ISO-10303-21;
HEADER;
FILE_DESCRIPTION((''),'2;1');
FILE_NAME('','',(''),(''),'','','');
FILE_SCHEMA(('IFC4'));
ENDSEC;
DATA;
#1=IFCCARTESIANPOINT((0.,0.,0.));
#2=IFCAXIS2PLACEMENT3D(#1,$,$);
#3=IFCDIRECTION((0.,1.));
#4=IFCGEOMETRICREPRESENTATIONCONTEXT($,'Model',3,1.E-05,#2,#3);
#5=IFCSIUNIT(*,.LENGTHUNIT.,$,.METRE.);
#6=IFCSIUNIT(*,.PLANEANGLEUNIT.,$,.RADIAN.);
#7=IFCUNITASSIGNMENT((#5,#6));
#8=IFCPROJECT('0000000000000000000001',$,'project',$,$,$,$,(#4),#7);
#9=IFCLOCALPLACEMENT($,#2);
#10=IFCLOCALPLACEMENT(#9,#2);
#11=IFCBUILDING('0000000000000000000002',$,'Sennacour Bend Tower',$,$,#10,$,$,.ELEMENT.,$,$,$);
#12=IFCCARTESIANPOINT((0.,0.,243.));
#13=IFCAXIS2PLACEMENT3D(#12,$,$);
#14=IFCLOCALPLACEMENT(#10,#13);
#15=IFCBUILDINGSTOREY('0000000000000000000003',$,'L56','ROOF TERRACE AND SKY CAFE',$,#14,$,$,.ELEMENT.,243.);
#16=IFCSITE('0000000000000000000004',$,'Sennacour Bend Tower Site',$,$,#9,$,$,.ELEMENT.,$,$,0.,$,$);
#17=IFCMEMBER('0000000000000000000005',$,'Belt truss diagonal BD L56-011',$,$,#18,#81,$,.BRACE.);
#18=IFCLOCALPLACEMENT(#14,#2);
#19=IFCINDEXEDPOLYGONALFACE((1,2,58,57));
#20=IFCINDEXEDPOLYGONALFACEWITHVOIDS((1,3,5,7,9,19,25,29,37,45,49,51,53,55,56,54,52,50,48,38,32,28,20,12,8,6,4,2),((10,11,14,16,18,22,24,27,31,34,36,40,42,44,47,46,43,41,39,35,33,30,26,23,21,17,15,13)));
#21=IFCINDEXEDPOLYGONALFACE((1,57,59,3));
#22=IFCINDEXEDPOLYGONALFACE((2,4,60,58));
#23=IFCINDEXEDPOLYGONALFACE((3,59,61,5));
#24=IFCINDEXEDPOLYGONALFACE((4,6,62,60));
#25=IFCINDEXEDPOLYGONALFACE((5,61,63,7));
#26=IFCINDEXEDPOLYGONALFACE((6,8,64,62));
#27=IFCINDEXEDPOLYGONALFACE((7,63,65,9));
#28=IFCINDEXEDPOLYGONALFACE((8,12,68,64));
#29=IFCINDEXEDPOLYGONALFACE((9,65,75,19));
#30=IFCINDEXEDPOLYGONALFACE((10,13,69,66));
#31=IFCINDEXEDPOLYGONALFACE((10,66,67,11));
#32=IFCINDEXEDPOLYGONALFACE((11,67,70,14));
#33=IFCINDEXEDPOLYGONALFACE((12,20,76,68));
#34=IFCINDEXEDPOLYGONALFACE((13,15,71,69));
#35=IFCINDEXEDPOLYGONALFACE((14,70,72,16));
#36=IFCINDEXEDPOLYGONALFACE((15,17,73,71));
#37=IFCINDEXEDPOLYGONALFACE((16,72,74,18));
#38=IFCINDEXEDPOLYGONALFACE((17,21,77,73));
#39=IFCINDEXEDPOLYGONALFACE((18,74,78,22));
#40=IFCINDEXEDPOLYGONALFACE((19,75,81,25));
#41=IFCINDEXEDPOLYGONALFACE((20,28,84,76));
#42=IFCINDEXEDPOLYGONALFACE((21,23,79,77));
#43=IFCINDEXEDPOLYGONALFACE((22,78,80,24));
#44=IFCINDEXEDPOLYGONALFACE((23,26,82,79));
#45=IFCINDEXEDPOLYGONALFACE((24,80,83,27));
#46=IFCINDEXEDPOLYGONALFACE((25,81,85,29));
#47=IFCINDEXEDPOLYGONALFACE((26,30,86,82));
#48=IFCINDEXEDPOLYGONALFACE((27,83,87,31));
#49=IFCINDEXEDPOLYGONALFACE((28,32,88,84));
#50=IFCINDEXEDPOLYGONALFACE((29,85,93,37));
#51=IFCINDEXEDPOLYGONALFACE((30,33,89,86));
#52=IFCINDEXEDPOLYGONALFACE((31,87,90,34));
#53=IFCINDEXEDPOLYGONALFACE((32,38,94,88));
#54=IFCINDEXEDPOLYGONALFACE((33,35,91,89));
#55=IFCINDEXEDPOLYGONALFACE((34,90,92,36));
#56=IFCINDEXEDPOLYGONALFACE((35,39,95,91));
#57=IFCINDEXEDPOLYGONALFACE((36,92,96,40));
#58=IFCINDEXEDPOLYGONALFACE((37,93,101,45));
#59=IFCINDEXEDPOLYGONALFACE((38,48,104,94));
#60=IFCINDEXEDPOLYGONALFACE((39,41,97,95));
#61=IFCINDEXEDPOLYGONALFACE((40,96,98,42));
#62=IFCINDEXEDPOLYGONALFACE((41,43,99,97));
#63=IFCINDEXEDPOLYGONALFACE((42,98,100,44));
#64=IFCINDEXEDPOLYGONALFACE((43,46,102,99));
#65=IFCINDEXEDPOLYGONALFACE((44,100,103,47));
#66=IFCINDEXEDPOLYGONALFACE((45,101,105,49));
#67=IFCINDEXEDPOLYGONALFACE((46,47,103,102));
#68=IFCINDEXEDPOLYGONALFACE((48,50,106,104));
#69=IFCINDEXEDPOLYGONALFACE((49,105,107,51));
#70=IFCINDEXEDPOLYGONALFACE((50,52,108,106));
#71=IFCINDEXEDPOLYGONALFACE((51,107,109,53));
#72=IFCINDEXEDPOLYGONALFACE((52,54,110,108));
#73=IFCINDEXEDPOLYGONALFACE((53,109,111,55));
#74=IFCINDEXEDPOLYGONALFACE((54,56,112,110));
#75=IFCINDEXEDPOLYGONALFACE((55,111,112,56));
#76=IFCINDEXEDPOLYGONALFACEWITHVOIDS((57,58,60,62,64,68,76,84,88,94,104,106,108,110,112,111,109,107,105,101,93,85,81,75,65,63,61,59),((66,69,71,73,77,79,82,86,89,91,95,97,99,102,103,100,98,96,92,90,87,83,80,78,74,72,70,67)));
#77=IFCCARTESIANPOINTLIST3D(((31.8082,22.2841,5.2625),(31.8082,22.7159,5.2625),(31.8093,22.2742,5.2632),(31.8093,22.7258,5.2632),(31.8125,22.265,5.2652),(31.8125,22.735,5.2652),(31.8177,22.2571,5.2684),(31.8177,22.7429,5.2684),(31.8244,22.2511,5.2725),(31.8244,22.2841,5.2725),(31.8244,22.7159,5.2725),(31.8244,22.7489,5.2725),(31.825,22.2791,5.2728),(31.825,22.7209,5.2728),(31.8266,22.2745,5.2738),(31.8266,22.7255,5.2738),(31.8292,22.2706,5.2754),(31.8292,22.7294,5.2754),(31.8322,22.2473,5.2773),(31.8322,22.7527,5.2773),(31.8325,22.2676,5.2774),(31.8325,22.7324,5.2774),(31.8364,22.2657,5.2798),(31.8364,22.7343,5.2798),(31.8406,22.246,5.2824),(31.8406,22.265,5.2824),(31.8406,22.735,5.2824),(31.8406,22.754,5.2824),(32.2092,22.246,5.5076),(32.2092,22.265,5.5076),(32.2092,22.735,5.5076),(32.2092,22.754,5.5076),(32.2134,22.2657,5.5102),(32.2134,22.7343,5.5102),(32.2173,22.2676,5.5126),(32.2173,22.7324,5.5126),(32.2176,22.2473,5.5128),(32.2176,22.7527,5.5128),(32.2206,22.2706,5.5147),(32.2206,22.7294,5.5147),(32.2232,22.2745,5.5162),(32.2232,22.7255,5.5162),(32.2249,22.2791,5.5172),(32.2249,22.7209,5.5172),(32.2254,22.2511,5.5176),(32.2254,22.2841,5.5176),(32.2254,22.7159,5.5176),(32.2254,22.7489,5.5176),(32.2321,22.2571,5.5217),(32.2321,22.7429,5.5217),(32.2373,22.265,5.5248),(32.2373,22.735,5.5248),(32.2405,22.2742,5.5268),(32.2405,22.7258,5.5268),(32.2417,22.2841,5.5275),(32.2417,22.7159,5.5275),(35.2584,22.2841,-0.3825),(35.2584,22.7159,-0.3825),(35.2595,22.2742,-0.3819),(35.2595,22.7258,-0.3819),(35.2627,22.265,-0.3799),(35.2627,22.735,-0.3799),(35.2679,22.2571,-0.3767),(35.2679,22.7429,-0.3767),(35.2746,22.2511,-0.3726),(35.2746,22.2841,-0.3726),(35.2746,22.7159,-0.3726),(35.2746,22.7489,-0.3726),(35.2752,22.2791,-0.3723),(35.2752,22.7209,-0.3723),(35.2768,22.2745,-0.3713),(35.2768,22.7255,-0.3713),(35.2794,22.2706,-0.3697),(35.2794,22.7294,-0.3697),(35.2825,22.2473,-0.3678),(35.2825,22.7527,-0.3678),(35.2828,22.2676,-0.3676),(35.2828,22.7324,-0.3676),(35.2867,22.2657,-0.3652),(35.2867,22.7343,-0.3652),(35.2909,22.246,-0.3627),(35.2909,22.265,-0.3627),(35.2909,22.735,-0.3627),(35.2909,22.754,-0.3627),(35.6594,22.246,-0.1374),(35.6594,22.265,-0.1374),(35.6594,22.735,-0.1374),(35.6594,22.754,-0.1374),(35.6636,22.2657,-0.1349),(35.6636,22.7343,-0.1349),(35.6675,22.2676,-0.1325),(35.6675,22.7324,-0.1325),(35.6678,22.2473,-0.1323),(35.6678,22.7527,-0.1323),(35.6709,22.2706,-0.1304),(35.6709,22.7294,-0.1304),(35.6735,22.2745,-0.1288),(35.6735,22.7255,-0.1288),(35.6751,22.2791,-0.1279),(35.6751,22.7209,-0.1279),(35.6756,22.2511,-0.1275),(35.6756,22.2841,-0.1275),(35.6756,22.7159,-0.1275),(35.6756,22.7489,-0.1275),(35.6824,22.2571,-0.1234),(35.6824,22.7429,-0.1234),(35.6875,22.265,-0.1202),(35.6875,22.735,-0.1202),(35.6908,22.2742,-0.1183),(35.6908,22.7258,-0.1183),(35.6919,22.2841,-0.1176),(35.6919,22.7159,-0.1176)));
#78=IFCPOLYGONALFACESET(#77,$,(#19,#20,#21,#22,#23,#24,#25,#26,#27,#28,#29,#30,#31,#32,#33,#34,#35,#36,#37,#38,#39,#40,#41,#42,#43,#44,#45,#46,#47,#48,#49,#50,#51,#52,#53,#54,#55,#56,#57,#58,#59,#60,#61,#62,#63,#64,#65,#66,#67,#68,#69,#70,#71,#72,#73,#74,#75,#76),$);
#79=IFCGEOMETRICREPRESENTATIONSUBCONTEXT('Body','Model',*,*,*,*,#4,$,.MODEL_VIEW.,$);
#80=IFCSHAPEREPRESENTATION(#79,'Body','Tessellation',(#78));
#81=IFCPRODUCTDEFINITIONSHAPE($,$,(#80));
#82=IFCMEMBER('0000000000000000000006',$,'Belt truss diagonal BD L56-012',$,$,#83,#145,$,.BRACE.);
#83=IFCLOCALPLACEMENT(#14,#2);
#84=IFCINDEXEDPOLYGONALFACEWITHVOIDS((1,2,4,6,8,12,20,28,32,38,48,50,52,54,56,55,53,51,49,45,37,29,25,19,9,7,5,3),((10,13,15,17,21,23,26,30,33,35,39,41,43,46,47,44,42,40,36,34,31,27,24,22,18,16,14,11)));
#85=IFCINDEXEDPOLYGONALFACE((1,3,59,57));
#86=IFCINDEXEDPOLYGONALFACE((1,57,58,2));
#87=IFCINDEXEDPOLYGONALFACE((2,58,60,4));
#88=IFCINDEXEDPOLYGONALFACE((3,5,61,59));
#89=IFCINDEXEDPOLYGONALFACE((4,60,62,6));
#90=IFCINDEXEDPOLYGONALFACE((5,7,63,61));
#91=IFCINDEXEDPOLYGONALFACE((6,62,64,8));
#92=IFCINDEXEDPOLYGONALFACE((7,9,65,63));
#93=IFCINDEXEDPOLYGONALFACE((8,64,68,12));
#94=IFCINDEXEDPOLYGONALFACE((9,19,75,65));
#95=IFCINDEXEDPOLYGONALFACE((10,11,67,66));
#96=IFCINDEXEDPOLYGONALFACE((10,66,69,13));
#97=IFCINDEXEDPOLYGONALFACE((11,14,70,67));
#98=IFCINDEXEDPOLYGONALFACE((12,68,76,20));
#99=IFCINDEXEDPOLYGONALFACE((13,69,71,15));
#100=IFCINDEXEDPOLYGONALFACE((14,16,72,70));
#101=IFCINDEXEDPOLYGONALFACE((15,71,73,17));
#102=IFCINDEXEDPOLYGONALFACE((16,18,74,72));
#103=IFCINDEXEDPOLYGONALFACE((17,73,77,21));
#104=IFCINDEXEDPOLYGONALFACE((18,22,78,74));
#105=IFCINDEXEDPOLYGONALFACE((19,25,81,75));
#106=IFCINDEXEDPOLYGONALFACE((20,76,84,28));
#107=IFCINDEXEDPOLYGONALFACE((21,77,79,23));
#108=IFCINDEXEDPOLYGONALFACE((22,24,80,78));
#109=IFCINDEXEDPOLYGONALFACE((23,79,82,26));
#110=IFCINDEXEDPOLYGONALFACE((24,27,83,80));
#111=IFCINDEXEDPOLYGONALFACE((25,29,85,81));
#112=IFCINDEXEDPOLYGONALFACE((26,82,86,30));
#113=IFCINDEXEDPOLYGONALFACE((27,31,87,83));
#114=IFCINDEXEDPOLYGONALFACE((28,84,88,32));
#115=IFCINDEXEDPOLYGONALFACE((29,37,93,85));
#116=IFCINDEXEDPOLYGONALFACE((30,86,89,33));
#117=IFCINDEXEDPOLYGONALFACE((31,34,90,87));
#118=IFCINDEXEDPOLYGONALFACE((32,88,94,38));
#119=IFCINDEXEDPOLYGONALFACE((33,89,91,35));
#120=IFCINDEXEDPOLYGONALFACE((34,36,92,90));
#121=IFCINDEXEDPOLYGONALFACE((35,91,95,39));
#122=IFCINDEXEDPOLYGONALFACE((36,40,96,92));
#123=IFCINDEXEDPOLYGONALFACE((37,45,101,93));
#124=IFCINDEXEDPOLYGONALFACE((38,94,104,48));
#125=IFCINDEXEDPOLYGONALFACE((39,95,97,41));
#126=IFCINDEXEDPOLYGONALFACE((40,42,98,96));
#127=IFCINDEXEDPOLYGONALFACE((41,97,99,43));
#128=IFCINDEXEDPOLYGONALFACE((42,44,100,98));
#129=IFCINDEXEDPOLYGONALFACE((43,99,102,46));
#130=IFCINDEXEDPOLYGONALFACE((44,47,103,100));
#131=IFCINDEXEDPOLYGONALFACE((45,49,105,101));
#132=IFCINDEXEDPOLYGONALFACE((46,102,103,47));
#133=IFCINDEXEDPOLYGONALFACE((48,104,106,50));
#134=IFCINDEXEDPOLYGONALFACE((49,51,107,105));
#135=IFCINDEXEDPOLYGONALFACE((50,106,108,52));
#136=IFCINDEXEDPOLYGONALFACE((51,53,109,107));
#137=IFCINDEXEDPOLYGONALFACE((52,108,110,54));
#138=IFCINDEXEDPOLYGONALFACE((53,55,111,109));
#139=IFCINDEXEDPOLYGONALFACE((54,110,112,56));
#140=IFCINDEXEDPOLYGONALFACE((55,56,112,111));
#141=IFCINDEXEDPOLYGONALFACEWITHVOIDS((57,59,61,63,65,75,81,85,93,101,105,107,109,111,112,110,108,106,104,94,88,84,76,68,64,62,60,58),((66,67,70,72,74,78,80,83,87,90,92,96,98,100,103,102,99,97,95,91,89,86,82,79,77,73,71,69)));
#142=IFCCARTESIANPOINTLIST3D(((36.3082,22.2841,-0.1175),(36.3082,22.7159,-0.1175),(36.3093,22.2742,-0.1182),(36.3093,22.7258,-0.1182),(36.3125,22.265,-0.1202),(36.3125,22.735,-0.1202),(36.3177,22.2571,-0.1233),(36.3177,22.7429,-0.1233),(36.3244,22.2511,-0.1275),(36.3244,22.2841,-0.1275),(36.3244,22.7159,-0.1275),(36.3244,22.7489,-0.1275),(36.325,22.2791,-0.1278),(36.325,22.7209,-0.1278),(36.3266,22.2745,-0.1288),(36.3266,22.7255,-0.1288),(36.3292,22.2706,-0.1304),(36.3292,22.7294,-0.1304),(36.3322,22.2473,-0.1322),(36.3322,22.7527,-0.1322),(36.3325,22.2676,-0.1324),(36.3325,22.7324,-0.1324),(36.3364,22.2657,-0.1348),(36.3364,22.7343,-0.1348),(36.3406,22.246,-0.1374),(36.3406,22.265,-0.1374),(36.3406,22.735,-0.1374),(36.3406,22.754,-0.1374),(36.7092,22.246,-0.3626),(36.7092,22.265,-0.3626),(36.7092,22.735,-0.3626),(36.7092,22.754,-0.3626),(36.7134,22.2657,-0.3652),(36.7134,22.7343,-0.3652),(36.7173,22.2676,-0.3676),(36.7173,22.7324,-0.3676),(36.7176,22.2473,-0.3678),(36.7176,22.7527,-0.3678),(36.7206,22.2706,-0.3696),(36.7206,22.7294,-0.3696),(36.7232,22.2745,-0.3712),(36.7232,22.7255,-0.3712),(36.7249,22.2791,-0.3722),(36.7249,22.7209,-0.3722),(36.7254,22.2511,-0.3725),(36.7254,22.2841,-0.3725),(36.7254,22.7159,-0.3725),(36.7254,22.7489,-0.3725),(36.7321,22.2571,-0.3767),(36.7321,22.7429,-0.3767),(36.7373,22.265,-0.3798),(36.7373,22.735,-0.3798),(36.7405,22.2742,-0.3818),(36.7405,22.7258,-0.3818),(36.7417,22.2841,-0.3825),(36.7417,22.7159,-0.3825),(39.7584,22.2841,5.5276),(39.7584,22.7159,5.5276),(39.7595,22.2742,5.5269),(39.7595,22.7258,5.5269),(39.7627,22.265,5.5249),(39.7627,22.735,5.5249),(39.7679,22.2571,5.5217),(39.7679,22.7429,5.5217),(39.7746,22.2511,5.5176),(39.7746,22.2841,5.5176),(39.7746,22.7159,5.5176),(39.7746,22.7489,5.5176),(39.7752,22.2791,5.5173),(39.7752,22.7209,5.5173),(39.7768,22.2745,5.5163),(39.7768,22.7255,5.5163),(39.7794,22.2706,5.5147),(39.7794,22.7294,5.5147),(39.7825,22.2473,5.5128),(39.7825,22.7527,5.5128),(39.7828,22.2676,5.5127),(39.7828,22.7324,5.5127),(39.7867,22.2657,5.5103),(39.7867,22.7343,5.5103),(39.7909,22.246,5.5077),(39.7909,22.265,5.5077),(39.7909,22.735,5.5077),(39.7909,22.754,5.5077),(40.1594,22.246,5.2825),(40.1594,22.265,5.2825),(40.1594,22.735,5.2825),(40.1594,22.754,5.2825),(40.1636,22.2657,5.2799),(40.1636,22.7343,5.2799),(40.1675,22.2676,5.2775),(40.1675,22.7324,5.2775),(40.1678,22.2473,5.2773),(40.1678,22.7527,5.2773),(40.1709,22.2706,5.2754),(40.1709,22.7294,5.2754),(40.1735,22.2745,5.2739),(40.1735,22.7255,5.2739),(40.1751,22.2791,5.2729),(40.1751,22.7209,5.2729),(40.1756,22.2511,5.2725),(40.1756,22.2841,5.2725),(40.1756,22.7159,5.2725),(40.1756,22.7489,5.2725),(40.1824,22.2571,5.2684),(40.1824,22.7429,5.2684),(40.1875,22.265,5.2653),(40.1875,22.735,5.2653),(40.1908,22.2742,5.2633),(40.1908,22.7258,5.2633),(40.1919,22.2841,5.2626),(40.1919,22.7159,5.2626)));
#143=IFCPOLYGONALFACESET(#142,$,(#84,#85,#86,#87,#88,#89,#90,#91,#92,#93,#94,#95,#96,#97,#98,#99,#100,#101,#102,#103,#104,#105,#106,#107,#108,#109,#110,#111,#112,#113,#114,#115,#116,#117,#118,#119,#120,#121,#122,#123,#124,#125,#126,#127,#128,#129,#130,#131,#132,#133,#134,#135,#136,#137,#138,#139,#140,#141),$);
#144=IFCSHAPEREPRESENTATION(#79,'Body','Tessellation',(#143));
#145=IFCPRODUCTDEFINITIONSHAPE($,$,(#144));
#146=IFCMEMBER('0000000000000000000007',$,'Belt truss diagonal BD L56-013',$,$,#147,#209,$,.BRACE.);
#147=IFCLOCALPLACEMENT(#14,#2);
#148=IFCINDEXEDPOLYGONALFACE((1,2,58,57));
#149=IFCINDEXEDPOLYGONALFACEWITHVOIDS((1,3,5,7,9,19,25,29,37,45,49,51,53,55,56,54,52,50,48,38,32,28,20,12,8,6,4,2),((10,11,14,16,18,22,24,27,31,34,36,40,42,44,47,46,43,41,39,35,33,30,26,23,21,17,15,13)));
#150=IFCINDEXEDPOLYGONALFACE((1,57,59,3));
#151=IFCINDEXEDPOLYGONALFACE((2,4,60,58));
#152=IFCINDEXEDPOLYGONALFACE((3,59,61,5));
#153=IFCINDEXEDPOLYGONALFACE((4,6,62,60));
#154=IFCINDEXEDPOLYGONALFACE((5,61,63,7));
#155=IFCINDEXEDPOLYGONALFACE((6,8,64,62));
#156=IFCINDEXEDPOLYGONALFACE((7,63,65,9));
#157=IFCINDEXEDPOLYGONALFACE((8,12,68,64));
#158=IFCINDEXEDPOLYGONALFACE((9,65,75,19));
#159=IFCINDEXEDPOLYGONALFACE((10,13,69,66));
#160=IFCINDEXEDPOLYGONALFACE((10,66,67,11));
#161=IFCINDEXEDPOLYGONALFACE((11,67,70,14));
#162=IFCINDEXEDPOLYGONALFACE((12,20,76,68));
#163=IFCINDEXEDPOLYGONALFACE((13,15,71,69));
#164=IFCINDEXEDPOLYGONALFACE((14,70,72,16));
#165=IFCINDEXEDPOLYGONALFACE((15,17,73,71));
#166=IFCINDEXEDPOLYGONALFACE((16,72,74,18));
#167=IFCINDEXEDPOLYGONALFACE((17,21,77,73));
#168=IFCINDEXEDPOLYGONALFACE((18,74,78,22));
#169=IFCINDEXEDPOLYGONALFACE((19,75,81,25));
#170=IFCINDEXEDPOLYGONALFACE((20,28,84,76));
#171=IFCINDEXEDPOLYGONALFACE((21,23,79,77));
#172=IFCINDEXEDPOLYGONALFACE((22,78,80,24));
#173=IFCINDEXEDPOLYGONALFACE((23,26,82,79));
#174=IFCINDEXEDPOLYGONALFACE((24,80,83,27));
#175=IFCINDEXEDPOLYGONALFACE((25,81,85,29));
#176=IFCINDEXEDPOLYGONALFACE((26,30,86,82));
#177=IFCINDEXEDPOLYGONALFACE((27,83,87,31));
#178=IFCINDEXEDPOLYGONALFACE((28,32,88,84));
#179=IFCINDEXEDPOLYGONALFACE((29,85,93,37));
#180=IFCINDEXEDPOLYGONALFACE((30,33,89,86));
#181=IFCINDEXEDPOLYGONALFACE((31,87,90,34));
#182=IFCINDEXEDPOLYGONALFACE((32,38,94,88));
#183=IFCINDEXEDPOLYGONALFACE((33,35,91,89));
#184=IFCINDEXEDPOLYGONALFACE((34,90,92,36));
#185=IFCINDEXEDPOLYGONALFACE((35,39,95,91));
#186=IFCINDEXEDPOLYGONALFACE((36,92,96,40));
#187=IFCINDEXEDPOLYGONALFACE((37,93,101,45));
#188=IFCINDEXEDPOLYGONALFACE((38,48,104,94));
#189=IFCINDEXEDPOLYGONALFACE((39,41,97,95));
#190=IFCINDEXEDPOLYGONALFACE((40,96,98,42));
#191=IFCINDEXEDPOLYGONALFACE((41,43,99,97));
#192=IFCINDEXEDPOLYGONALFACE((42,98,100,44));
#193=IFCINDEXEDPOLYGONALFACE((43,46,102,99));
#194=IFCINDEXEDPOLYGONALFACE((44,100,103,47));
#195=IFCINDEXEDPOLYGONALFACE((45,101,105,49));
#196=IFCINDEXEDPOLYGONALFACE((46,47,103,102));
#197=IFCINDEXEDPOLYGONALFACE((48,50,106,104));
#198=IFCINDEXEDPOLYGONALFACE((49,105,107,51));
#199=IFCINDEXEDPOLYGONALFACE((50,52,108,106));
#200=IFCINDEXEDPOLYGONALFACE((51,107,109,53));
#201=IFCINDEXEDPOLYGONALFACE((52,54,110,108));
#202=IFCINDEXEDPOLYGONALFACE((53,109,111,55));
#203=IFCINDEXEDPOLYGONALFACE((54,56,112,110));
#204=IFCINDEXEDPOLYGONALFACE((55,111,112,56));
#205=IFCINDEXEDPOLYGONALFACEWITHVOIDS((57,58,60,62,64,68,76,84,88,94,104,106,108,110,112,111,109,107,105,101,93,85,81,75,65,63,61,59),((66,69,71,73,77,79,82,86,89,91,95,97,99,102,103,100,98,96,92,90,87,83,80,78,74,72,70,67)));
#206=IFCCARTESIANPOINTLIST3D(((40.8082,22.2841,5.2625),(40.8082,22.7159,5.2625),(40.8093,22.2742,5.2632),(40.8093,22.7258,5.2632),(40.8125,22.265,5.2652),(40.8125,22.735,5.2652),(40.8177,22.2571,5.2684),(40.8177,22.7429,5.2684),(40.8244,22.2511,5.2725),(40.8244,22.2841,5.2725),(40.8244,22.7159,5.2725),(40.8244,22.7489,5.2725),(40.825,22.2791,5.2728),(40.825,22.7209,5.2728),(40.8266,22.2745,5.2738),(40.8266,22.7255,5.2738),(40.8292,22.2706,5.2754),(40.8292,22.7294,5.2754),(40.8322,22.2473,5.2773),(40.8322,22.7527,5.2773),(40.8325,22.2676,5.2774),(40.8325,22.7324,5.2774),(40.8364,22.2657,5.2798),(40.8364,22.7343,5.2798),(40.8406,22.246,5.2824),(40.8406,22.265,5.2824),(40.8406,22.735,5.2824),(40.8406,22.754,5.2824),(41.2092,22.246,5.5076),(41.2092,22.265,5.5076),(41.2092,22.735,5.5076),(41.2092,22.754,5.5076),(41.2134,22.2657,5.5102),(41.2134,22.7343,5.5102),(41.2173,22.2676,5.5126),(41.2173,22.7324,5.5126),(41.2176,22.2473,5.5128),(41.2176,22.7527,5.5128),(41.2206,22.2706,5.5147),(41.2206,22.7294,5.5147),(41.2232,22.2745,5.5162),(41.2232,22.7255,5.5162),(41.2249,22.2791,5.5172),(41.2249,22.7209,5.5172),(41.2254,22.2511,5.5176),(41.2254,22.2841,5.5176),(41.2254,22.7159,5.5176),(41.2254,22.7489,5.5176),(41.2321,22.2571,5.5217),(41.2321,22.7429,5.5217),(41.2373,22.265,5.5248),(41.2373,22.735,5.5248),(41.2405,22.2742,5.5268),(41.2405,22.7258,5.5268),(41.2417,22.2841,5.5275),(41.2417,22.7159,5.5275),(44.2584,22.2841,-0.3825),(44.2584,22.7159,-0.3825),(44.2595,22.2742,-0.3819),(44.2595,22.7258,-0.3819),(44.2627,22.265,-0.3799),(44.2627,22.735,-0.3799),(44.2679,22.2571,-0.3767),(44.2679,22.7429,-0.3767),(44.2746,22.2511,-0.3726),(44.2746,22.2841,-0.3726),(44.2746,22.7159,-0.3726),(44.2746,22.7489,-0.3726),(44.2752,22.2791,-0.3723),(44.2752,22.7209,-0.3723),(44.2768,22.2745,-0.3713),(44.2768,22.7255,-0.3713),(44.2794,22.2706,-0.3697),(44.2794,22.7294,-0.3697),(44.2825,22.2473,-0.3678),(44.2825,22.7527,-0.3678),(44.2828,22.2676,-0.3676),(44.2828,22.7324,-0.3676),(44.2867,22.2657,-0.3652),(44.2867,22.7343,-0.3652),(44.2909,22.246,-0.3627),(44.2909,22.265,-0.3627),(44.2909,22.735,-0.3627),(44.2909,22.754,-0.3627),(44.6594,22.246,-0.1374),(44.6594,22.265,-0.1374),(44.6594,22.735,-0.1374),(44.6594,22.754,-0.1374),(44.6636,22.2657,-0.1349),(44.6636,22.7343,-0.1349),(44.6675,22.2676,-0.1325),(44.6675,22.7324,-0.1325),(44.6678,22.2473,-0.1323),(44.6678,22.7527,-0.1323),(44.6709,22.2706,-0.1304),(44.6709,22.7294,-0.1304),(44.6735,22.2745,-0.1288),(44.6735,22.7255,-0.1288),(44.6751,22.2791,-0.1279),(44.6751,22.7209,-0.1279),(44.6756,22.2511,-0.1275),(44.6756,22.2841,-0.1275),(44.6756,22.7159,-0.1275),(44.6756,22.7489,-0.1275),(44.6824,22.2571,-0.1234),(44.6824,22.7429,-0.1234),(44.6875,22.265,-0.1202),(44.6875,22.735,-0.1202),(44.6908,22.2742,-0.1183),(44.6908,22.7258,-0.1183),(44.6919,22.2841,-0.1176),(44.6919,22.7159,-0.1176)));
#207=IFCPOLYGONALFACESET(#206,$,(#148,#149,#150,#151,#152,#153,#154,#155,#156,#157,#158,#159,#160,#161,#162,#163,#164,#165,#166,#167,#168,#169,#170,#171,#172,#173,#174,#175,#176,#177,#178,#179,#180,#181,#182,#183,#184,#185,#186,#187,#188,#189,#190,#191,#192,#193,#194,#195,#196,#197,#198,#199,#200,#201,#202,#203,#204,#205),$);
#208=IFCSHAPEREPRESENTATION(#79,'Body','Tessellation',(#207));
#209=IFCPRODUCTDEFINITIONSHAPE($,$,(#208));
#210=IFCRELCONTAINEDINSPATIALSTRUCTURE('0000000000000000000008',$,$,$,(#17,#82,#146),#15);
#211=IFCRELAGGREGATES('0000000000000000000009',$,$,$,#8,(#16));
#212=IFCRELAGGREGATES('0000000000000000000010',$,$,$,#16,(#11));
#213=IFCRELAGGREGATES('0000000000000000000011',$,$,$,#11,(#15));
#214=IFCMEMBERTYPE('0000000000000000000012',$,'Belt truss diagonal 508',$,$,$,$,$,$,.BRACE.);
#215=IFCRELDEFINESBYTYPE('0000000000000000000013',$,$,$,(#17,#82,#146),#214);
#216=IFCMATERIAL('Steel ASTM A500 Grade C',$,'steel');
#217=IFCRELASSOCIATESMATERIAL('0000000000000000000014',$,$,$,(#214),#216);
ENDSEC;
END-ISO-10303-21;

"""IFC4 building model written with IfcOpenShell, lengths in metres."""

from ifc_helpers import new_model, si_unit, direction, frame, origin, origin_2d, place, context, subcontext, project, spatial, hollow_rectangle, extrude, material, material_profile, profile_set, type_object, element, save


model = new_model("IFC4")

# Units and contexts
model_context = context("Model", 3, precision=1e-05, world=origin(), true_north=direction((0.0, 1.0)))
body_context = subcontext(model_context, "Body", "Model", "MODEL_VIEW")
ifc_project = project(units=[si_unit("LENGTHUNIT", "METRE"), si_unit("PLANEANGLEUNIT", "RADIAN")], contexts=[model_context])

# Site, building, storey
site_placement = place(None, origin())
site = spatial("IfcSite", under=ifc_project, at=site_placement, Name="Sennacour Bend Tower Site", CompositionType="ELEMENT", RefElevation=0.0)
building_placement = place(site_placement, origin())
building = spatial("IfcBuilding", under=site, at=building_placement, Name="Sennacour Bend Tower", CompositionType="ELEMENT")
storey_placement = place(building_placement, frame((0.0, 0.0, 243.0)))
storey = spatial("IfcBuildingStorey", under=building, at=storey_placement, Name="L56", Description="ROOF TERRACE AND SKY CAFE", CompositionType="ELEMENT", Elevation=243.0)

# Members
ifc_material_1 = material(Name="Steel ASTM A500 Grade C", Category="steel")
ifc_material_profile_1 = material_profile(ifc_material_1, hollow_rectangle(XDim=0.5081, YDim=0.5081, WallThickness=0.019, InnerFilletRadius=0.019, OuterFilletRadius=0.0381, at=origin_2d()), Name="Steel ASTM A500 Grade C", Category="steel")
ifc_profile_set_1 = profile_set([ifc_material_profile_1], Name="Steel ASTM A500 Grade C")
member_type_1 = type_object("IfcMemberType", Name="Belt truss diagonal 508", PredefinedType="BRACE", material=ifc_profile_set_1)
for number, where, z_axis, x_axis, name in (
    (1, (32.0249, 22.5, 5.395), (0.521501, 0.0, -0.853251), (0.0, 1.0, 0.0), "Belt truss diagonal BD L56-011"),
    (2, (36.5249, 22.5, -0.25), (0.521501, 0.0, 0.853251), (0.0, 1.0, 0.0), "Belt truss diagonal BD L56-012"),
    (3, (41.0249, 22.5, 5.395), (0.521501, 0.0, -0.853251), (0.0, 1.0, 0.0), "Belt truss diagonal BD L56-013"),
):
    element("IfcMember", number, at=place(storey_placement, frame(where, z_axis=z_axis, x_axis=x_axis)), inside=storey, type_object=member_type_1, Name=name, PredefinedType="BRACE", context=body_context, shape_type="SweptSolid", body=[
        extrude(hollow_rectangle(XDim=0.5081, YDim=0.5081, WallThickness=0.019, InnerFilletRadius=0.019, OuterFilletRadius=0.0381, at=origin_2d()), origin(), (0.0, 0.0, 1.0), 6.616),
    ])

save(model, "model.ifc")
